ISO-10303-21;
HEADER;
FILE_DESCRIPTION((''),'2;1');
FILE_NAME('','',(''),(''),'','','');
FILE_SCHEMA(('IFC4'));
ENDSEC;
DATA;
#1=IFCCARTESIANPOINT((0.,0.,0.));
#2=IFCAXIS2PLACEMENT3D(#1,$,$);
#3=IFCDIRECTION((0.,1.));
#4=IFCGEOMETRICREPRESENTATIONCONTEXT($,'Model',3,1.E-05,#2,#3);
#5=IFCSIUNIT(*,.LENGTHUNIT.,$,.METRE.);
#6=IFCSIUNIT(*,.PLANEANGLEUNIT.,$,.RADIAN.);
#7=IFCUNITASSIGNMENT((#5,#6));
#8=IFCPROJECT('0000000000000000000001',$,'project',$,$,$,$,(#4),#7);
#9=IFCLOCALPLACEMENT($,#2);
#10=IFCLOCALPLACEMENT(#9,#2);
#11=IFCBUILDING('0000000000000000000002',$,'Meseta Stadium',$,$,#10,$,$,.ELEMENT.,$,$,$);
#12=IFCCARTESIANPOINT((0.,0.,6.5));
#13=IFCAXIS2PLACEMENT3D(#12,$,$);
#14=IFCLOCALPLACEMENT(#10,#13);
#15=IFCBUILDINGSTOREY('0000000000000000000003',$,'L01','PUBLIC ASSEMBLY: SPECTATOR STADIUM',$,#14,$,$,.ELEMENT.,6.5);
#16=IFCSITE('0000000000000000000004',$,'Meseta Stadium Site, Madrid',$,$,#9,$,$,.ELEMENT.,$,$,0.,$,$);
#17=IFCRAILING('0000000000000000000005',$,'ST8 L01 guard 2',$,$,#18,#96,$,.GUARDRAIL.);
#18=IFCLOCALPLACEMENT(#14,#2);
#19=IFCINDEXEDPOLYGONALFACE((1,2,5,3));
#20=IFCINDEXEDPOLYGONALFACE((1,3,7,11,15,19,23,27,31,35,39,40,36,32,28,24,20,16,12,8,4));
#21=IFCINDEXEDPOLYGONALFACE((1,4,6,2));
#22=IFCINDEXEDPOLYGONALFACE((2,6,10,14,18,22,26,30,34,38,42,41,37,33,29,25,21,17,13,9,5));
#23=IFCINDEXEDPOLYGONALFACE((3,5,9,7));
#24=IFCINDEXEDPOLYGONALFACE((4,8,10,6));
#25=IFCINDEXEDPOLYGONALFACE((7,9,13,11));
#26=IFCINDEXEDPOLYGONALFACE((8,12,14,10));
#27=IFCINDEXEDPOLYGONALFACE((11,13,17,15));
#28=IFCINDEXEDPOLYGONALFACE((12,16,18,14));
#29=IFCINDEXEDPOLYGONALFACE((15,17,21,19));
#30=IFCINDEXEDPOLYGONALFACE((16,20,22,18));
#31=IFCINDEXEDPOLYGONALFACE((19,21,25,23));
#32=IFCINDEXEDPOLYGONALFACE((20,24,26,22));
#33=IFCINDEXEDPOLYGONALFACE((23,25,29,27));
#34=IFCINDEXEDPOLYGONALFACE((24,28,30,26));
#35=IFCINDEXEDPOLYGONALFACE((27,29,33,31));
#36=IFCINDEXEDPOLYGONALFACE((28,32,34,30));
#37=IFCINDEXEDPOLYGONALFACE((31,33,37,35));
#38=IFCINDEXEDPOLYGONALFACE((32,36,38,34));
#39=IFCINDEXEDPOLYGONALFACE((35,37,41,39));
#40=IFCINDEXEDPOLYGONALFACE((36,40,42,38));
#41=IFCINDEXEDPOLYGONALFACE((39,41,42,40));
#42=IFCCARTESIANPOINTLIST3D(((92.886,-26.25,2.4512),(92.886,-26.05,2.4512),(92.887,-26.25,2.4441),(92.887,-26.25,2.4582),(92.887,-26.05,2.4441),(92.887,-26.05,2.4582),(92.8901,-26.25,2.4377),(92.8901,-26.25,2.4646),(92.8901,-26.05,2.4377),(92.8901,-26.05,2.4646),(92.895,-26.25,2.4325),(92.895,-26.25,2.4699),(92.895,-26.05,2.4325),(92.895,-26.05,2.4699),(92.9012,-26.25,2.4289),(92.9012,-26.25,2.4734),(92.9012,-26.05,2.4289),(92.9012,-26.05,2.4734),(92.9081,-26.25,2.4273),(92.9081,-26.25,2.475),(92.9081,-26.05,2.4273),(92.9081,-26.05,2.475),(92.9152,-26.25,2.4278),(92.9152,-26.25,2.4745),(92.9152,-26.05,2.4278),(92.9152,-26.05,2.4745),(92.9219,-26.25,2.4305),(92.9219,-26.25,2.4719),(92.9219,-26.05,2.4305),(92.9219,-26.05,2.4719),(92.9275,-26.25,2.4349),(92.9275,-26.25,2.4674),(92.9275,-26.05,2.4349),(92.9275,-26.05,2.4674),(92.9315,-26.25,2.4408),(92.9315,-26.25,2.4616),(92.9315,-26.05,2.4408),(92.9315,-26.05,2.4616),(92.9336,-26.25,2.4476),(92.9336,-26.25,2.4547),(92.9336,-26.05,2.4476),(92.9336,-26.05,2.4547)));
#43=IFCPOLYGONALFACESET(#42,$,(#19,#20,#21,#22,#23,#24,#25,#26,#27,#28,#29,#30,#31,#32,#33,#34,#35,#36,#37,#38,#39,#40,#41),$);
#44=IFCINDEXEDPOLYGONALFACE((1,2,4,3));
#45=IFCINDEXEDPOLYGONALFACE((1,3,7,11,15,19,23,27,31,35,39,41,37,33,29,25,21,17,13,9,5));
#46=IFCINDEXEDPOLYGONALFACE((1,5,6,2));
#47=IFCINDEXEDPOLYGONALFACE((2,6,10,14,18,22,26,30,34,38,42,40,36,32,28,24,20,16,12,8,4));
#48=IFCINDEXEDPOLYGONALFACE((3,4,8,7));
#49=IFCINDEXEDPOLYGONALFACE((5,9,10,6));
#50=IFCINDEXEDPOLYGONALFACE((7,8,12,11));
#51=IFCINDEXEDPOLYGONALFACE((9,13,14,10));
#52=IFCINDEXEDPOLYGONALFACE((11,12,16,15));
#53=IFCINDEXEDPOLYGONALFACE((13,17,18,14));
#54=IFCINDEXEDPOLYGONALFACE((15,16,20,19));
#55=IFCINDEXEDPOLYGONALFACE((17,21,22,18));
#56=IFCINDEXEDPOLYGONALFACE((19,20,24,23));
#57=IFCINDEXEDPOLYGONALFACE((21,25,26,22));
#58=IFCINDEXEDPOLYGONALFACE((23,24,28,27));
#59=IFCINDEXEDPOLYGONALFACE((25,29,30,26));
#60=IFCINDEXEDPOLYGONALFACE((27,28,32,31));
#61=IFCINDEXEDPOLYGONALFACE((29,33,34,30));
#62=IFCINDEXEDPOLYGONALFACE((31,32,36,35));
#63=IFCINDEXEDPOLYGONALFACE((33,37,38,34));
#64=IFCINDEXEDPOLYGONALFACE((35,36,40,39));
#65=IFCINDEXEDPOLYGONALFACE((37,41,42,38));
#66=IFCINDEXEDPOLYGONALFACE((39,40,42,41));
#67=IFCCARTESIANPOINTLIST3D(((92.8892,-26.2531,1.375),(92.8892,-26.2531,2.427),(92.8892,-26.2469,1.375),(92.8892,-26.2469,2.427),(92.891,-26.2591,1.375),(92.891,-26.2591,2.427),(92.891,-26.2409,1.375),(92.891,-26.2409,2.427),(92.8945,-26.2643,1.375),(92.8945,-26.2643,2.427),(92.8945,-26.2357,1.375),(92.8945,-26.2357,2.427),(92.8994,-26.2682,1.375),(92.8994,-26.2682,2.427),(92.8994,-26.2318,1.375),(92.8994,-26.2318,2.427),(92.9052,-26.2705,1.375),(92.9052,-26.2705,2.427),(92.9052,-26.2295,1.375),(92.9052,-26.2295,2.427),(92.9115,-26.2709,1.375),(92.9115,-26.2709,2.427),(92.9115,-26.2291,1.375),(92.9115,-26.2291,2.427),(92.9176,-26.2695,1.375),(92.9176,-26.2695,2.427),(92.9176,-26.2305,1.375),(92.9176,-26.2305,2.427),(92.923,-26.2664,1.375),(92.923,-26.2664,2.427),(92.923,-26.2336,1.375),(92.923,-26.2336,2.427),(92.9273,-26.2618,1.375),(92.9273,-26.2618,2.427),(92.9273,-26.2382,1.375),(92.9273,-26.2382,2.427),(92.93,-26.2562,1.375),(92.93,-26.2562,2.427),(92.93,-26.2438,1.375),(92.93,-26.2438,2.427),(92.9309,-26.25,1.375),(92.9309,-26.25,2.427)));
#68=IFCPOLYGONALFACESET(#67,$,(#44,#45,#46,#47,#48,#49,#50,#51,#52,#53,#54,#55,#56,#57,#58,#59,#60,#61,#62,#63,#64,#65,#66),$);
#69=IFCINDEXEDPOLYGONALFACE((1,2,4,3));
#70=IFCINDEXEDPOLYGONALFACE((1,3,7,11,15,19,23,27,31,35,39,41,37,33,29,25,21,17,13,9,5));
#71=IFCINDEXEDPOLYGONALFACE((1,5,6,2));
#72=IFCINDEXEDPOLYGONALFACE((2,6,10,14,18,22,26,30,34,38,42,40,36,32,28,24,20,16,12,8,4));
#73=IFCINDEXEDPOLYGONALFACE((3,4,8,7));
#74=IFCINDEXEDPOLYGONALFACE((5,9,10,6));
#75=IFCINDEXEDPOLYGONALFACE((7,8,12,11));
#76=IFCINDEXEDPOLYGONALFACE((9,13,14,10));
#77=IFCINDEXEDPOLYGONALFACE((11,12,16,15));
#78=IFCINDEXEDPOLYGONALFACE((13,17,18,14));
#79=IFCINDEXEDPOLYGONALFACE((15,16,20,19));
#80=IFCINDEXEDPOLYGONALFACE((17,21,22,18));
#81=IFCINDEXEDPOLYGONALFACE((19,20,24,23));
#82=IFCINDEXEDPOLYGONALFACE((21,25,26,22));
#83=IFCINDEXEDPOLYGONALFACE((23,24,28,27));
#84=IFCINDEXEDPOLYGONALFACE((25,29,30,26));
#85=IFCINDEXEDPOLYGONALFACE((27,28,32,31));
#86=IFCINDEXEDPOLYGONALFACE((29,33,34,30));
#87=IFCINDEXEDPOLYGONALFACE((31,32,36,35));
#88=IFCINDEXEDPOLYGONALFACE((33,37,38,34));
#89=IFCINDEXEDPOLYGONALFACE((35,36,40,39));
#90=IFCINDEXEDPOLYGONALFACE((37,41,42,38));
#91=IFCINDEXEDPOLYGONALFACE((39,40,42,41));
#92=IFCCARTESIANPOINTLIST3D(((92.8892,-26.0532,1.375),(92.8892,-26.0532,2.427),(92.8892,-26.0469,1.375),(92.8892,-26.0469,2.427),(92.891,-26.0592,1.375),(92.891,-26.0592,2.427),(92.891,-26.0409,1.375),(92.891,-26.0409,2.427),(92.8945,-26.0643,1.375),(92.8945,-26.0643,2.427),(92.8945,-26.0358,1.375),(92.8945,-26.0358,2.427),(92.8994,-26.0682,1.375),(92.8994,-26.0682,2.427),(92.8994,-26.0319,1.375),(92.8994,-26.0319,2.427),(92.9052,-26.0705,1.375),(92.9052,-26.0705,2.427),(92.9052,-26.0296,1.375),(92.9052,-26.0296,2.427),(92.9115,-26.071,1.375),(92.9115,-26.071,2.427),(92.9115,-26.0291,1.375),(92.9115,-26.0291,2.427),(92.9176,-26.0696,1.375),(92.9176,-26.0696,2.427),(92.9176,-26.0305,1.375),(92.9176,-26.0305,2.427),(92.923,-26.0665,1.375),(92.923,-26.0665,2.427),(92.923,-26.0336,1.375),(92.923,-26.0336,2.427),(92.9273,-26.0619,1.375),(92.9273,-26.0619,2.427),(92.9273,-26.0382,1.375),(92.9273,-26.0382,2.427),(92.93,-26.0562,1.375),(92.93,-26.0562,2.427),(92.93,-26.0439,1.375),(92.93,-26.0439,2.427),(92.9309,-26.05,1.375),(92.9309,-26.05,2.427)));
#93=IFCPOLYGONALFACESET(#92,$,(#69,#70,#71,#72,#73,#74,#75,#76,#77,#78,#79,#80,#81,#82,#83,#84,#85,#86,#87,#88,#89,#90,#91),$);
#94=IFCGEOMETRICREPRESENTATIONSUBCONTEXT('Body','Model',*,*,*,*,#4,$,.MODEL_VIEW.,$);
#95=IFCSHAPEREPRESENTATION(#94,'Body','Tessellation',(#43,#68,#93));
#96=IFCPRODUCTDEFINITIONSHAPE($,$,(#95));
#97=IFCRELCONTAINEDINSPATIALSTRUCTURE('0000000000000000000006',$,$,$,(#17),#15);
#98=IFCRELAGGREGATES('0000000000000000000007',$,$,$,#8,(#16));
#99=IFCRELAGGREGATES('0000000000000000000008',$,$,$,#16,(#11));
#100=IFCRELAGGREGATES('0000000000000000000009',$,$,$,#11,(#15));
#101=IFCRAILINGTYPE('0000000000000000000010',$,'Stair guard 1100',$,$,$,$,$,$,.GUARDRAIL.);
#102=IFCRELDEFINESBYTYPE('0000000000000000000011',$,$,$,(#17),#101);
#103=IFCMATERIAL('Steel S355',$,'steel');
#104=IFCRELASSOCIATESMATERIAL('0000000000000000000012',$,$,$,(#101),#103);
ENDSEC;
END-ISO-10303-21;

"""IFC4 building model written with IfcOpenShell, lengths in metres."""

from ifc_helpers import new_model, si_unit, direction, frame, origin, origin_2d, place, context, subcontext, project, spatial, circle, extrude, material, type_object, element, save


model = new_model("IFC4")

# Units and contexts
model_context = context("Model", 3, precision=1e-05, world=origin(), true_north=direction((0.0, 1.0)))
body_context = subcontext(model_context, "Body", "Model", "MODEL_VIEW")
ifc_project = project(units=[si_unit("LENGTHUNIT", "METRE"), si_unit("PLANEANGLEUNIT", "RADIAN")], contexts=[model_context])

# Site, building, storey
site_placement = place(None, origin())
site = spatial("IfcSite", under=ifc_project, at=site_placement, Name="Meseta Stadium Site, Madrid", CompositionType="ELEMENT", RefElevation=0.0)
building_placement = place(site_placement, origin())
building = spatial("IfcBuilding", under=site, at=building_placement, Name="Meseta Stadium", CompositionType="ELEMENT")
storey_placement = place(building_placement, frame((0.0, 0.0, 6.5)))
storey = spatial("IfcBuildingStorey", under=building, at=storey_placement, Name="L01", Description="PUBLIC ASSEMBLY: SPECTATOR STADIUM", CompositionType="ELEMENT", Elevation=6.5)

# Railing
ifc_material_1 = material(Name="Steel S355", Category="steel")
railing_type_1 = type_object("IfcRailingType", Name="Stair guard 1100", PredefinedType="GUARDRAIL", material=ifc_material_1)
railing_1_placement = place(storey_placement, frame((92.9099, -26.25, 1.375)))
element("IfcRailing", 1, at=railing_1_placement, inside=storey, type_object=railing_type_1, Name="ST8 L01 guard 2", PredefinedType="GUARDRAIL", context=body_context, shape_type="SweptSolid", body=[
    extrude(circle(Radius=0.0239, at=origin_2d()), frame((0.0, 0.0, 1.0762), z_axis=(0.0, 1.0, 0.0), x_axis=(-1.0, 0.0, 0.0)), (0.0, 0.0, 1.0), 0.2),
    extrude(circle(Radius=0.021, at=origin_2d()), origin(), (0.0, 0.0, 1.0), 1.052),
    extrude(circle(Radius=0.021, at=origin_2d()), frame((0.0, 0.2, 0.0)), (0.0, 0.0, 1.0), 1.052),
])

save(model, "model.ifc")
